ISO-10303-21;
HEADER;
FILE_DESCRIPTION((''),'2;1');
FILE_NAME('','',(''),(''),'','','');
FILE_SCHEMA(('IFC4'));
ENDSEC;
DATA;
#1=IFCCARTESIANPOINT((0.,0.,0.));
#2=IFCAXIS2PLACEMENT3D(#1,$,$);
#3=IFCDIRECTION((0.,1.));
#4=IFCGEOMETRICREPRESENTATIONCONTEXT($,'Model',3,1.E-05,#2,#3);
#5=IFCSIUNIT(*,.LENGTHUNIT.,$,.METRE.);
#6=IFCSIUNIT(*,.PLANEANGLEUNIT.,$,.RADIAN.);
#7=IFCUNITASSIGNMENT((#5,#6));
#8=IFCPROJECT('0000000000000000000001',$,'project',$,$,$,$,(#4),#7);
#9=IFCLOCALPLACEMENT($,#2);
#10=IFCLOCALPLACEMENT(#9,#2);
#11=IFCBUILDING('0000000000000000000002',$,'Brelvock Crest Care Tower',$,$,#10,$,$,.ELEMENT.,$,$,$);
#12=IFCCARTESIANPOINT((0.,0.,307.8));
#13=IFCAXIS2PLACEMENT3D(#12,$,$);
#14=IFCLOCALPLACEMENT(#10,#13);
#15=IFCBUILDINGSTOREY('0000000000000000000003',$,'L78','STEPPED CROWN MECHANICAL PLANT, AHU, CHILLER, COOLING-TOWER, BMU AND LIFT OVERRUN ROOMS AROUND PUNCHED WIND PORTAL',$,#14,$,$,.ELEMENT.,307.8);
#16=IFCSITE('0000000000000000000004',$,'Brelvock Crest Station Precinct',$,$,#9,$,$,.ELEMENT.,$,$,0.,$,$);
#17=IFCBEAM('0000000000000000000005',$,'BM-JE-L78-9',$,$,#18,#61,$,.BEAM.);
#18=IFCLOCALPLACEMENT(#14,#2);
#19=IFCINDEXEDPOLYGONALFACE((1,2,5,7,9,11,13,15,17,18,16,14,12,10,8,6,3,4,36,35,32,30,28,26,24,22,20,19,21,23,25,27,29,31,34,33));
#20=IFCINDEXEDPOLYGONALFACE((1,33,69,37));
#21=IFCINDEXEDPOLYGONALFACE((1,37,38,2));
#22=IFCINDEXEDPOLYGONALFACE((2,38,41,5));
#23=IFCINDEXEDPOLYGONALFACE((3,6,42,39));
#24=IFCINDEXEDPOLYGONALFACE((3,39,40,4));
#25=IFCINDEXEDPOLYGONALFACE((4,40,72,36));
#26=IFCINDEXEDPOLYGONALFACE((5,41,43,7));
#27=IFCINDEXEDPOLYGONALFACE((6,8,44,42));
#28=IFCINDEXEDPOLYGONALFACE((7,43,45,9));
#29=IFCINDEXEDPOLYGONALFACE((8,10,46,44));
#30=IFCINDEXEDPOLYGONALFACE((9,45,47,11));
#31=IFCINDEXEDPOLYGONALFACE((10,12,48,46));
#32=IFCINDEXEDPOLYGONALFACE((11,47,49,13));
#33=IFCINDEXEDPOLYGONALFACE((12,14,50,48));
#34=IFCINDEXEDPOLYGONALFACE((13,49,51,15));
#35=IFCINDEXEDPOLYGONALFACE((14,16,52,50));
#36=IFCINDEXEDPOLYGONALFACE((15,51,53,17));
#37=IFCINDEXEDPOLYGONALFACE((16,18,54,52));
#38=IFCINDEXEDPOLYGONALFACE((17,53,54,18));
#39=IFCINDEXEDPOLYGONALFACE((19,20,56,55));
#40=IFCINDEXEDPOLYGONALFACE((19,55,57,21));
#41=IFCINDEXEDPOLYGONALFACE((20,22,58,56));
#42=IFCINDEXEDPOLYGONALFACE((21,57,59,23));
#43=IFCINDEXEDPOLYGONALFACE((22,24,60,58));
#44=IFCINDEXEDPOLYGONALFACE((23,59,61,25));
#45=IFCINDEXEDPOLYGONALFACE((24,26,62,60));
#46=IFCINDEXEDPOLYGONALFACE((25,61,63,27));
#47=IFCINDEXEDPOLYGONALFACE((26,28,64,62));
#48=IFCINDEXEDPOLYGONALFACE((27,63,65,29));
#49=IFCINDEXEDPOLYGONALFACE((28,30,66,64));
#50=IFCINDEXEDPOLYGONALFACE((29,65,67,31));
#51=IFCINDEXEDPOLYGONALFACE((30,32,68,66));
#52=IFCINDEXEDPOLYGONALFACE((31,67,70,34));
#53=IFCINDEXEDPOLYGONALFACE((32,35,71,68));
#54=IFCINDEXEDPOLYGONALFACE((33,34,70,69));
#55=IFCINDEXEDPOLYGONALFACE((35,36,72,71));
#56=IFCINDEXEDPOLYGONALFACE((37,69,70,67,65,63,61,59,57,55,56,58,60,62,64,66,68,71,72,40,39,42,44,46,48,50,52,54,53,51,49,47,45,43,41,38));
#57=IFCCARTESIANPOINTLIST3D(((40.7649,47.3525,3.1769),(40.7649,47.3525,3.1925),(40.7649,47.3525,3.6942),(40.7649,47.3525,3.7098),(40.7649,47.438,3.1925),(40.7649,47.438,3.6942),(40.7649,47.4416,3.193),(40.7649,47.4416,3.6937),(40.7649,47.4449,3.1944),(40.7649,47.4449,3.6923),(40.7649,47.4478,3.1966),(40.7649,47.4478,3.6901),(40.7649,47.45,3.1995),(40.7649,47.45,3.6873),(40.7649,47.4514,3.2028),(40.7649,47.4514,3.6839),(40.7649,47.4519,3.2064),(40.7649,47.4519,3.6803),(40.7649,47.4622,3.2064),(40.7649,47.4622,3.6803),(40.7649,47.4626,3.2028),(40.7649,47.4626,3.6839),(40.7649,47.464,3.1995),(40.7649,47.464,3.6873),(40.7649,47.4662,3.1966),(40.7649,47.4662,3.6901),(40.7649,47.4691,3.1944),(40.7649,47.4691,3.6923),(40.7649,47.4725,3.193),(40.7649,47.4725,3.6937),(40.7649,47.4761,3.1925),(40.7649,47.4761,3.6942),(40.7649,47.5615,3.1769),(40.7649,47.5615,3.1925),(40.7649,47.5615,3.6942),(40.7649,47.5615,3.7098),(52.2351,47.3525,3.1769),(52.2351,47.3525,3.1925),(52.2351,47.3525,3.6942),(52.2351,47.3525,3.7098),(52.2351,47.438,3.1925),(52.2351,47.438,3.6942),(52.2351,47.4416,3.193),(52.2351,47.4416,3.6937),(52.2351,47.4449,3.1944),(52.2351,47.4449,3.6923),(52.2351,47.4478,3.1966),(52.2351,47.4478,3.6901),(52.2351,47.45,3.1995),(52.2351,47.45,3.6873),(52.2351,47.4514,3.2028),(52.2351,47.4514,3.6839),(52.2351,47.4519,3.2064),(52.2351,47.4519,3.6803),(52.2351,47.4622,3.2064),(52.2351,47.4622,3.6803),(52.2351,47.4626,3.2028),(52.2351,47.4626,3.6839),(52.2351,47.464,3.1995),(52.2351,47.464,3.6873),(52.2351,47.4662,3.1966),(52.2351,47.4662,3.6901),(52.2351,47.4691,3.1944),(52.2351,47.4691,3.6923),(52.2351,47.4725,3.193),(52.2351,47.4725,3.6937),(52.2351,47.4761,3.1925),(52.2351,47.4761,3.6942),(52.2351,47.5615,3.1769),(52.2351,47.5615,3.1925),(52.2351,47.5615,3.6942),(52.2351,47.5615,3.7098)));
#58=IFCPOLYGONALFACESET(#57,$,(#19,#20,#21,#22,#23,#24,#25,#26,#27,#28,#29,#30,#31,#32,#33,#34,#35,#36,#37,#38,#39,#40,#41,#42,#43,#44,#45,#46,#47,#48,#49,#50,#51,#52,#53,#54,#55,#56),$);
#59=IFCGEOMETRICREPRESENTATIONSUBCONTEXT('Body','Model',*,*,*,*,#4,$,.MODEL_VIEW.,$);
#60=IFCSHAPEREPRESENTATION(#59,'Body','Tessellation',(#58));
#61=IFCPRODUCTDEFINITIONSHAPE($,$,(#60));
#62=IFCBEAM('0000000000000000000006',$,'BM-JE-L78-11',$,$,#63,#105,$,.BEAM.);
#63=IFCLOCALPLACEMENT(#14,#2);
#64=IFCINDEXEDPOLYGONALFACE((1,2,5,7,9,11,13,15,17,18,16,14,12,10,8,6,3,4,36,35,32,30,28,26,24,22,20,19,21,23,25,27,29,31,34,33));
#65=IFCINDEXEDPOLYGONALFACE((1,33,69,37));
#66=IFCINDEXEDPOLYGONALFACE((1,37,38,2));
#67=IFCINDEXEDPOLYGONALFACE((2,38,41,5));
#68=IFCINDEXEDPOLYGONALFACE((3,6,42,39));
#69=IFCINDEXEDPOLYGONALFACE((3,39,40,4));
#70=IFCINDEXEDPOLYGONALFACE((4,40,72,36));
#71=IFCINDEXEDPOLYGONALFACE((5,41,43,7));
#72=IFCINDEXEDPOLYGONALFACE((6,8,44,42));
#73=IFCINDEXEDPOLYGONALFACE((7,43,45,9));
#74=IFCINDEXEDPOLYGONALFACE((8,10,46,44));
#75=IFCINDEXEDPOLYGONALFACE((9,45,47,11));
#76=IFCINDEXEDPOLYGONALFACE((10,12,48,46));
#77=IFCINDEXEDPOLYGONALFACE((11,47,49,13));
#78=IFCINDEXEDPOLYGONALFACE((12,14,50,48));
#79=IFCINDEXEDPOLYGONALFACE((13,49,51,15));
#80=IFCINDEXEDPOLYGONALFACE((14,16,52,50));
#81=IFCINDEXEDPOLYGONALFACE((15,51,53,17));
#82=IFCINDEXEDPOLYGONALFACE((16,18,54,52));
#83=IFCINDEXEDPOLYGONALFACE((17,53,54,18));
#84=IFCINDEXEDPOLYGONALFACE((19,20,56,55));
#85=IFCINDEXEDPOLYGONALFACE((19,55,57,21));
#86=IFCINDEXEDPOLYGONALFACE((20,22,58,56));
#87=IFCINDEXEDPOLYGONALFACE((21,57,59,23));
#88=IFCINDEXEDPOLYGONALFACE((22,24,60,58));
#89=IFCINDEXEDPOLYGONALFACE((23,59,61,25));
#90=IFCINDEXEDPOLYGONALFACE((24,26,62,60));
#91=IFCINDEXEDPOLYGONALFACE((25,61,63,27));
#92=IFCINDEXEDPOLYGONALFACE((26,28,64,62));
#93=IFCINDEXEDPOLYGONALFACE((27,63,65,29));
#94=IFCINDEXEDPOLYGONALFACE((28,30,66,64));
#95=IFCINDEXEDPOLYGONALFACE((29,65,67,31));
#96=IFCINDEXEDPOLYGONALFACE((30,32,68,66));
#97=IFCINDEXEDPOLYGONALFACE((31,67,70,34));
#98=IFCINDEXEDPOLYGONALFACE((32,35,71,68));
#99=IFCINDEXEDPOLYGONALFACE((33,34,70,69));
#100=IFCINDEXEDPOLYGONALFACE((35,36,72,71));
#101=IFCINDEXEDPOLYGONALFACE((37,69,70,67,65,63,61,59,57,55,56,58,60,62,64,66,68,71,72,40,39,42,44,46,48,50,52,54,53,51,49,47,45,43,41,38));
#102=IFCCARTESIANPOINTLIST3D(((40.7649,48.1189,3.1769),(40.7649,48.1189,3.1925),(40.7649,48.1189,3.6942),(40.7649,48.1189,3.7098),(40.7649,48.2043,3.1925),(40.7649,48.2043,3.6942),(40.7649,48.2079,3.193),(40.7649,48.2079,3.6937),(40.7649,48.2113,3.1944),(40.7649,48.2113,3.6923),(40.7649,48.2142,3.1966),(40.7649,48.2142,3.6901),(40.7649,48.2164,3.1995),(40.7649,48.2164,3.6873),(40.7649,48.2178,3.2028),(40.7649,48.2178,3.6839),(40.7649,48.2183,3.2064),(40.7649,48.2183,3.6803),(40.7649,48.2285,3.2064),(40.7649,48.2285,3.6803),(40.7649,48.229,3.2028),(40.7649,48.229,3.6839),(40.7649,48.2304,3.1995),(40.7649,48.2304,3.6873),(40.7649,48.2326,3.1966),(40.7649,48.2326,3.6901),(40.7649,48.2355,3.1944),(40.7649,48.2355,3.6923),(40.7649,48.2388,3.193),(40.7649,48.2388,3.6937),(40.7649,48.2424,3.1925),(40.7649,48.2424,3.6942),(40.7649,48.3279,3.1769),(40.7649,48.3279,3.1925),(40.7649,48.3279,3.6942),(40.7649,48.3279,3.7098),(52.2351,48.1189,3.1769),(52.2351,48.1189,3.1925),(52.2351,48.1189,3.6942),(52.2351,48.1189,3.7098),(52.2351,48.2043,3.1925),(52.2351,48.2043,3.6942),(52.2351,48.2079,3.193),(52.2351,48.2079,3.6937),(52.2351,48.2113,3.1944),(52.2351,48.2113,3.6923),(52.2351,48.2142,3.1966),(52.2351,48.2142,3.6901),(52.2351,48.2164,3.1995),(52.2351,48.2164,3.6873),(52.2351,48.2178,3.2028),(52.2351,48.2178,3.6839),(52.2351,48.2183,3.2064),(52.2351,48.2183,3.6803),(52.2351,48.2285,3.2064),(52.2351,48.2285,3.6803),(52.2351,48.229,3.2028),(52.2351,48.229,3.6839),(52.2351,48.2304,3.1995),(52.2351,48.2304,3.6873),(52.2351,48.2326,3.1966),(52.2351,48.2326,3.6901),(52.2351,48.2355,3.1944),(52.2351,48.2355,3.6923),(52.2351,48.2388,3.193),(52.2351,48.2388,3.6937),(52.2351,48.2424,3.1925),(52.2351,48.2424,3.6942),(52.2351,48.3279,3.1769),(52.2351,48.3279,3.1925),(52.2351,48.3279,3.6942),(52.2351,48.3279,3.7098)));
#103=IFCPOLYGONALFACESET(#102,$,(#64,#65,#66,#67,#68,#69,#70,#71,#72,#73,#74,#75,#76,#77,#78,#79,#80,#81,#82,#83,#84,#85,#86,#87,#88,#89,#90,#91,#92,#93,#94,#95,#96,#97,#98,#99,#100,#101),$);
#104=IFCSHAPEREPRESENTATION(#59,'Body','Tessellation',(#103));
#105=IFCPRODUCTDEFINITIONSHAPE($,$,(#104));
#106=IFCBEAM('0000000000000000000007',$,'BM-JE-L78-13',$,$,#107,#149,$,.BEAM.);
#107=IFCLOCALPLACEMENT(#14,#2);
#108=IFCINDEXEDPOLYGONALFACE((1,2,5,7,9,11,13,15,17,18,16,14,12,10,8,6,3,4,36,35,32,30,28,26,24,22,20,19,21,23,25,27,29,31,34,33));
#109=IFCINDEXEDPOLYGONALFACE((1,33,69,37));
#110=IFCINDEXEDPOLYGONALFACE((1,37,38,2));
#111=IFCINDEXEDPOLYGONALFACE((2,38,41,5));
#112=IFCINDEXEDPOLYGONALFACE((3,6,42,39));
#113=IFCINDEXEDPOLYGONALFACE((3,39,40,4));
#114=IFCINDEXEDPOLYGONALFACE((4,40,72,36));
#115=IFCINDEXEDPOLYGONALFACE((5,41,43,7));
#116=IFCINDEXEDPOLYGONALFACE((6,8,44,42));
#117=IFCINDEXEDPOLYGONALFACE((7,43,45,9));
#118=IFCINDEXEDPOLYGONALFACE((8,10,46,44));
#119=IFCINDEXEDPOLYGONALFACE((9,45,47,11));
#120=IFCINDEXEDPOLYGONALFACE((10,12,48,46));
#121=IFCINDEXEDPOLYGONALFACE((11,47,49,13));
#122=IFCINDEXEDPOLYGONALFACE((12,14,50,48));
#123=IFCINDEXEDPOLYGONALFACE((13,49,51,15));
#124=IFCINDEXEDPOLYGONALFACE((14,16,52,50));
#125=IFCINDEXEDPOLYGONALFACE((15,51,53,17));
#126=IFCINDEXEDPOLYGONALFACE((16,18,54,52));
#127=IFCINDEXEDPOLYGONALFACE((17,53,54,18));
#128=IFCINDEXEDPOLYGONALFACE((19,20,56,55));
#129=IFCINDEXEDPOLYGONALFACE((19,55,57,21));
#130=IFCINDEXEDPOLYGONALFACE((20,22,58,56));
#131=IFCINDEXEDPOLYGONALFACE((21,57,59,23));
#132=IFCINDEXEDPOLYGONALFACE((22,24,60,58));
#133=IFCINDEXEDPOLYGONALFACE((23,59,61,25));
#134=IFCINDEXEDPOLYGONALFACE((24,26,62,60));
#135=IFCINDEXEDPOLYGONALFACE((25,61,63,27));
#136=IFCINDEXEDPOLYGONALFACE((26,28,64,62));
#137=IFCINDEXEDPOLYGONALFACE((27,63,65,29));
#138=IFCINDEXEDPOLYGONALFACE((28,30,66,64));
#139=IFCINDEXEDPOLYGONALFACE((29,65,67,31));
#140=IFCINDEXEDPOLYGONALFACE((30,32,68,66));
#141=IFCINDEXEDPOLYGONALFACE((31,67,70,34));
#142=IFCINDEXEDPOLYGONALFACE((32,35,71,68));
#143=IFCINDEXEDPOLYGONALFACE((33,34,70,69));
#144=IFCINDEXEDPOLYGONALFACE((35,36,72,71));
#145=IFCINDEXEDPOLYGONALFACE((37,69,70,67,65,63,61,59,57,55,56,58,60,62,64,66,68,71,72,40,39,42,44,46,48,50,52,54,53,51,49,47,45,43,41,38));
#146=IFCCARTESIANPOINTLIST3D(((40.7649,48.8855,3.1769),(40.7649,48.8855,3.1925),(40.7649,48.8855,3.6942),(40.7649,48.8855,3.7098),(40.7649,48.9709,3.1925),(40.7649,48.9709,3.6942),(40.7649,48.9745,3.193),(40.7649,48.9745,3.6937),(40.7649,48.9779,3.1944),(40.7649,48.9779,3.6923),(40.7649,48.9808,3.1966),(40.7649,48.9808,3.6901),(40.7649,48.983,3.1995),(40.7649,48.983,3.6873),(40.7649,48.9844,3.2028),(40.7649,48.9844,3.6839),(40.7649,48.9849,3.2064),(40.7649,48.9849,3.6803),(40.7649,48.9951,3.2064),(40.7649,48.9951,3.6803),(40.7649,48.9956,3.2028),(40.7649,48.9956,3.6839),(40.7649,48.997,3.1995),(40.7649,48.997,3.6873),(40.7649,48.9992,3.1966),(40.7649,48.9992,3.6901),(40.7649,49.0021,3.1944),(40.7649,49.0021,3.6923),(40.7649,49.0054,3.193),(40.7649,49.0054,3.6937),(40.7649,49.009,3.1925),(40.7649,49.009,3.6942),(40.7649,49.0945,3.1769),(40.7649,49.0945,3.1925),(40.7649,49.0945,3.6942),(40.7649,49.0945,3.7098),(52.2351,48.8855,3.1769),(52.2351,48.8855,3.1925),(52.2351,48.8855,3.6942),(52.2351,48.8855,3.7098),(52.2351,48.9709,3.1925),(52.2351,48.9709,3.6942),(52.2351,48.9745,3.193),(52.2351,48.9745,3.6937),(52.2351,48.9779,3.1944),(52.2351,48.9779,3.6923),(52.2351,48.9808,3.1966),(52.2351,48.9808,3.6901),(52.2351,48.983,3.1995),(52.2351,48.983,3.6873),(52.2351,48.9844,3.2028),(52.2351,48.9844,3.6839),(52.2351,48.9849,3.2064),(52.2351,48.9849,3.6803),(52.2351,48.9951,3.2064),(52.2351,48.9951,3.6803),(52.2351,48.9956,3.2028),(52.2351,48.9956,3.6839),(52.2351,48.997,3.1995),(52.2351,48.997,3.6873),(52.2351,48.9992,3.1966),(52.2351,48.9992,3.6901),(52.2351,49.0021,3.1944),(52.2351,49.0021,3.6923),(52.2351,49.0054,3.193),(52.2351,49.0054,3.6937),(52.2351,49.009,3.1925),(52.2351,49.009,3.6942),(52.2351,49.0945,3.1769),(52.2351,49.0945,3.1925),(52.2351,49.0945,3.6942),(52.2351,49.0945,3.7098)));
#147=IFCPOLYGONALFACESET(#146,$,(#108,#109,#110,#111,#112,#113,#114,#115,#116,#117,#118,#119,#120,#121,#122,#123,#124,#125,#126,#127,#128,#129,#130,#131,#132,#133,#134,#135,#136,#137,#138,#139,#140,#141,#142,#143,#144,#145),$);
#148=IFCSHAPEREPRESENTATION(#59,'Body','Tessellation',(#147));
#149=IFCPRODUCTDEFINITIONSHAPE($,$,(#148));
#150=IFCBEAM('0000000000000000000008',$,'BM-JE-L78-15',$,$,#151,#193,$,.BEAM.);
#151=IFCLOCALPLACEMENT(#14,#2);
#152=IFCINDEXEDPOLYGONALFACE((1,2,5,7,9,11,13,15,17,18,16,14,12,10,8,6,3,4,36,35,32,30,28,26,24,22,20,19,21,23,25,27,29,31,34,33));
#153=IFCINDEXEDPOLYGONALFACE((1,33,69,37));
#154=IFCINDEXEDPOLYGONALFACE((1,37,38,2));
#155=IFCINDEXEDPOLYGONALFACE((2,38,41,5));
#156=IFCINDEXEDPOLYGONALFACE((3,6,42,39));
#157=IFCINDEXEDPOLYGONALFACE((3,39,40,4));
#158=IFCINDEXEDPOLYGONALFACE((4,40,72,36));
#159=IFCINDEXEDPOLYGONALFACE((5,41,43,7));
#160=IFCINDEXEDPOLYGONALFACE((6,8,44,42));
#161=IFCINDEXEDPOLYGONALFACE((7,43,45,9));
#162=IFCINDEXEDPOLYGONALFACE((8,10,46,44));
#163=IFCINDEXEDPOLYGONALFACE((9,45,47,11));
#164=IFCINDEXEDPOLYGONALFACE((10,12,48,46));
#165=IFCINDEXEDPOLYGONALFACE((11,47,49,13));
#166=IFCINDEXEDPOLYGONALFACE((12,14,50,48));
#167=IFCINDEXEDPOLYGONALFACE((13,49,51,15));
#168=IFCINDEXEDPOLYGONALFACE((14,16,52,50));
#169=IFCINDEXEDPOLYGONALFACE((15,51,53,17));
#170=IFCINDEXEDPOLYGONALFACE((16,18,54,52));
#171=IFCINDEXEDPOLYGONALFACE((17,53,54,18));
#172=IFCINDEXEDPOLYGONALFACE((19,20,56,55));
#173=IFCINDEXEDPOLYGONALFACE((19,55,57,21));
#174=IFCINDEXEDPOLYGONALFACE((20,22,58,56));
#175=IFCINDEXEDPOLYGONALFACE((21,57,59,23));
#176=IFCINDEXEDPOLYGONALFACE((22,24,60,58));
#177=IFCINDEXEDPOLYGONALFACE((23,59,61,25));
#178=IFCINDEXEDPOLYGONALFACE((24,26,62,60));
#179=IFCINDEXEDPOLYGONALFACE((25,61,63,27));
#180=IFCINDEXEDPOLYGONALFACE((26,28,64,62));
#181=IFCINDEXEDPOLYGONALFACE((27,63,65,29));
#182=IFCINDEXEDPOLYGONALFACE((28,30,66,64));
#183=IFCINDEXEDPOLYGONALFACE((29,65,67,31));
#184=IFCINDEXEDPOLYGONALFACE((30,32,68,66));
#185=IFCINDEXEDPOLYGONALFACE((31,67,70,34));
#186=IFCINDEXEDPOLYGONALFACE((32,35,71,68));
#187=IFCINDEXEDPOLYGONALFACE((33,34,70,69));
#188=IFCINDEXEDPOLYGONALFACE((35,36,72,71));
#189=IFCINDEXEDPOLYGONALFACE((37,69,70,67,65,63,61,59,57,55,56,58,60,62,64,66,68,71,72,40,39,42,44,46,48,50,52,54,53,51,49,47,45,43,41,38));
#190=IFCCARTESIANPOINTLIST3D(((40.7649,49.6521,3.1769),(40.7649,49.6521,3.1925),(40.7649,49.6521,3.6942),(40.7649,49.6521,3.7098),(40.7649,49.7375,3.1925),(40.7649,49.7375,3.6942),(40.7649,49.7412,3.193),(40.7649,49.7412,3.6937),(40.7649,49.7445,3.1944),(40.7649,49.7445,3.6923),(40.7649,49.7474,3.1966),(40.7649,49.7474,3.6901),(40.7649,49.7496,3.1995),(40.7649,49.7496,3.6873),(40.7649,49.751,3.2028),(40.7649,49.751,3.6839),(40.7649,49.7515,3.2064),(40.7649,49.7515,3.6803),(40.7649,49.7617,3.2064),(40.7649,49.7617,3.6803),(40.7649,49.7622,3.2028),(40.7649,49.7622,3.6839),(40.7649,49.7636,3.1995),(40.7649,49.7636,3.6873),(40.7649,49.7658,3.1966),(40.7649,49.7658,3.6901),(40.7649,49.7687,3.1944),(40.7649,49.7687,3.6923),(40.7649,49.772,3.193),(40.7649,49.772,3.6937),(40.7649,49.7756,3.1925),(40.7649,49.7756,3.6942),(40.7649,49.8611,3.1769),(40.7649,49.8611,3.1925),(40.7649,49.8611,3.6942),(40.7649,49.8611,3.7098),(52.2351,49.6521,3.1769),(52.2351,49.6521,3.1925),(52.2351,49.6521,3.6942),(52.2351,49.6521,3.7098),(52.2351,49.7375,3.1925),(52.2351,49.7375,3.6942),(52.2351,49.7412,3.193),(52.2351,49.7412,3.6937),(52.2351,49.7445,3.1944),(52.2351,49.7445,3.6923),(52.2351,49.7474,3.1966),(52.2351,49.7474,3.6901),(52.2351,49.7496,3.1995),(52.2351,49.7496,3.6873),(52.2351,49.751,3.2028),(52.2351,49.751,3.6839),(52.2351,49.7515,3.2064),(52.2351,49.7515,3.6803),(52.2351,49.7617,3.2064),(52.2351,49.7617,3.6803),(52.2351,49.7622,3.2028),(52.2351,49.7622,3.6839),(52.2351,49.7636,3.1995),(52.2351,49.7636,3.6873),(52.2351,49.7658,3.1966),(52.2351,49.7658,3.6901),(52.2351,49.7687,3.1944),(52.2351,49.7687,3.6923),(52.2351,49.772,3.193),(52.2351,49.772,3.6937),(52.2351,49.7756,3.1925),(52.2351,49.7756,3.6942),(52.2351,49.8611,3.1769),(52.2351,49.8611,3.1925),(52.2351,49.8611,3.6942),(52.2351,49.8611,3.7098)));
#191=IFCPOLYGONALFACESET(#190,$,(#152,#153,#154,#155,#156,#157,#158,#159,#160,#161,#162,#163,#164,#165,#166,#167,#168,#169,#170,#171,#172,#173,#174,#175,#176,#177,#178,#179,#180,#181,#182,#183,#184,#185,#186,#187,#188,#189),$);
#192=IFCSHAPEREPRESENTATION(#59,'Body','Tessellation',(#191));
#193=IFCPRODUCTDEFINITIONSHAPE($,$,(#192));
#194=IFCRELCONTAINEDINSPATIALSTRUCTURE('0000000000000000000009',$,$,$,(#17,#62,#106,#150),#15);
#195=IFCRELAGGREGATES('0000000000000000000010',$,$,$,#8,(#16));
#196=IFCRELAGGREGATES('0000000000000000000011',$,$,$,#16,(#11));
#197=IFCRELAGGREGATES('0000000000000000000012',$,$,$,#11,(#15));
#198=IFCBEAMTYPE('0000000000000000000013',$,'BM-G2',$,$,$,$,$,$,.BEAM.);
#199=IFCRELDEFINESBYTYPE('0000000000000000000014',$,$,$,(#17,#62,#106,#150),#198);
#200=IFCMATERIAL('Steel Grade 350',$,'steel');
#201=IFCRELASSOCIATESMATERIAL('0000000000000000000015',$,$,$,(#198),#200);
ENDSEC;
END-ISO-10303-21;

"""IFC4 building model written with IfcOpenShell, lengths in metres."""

from ifc_helpers import new_model, si_unit, direction, frame, origin, origin_2d, place, context, subcontext, project, spatial, i_section, extrude, source, transform, mapped, material, material_profile, profile_set, type_object, element, save


model = new_model("IFC4")

# Units and contexts
model_context = context("Model", 3, precision=1e-05, world=origin(), true_north=direction((0.0, 1.0)))
body_context = subcontext(model_context, "Body", "Model", "MODEL_VIEW")
ifc_project = project(units=[si_unit("LENGTHUNIT", "METRE"), si_unit("PLANEANGLEUNIT", "RADIAN")], contexts=[model_context])

# Site, building, storey
site_placement = place(None, origin())
site = spatial("IfcSite", under=ifc_project, at=site_placement, Name="Brelvock Crest Station Precinct", CompositionType="ELEMENT", RefElevation=0.0)
building_placement = place(site_placement, origin())
building = spatial("IfcBuilding", under=site, at=building_placement, Name="Brelvock Crest Care Tower", CompositionType="ELEMENT")
storey_placement = place(building_placement, frame((0.0, 0.0, 307.8)))
storey = spatial("IfcBuildingStorey", under=building, at=storey_placement, Name="L78", Description="STEPPED CROWN MECHANICAL PLANT, AHU, CHILLER, COOLING-TOWER, BMU AND LIFT OVERRUN ROOMS AROUND PUNCHED WIND PORTAL", CompositionType="ELEMENT", Elevation=307.8)

# Shared definitions
ifc_material_1 = material(Name="Steel Grade 350", Category="steel")

# Beams
ifc_material_profile_1 = material_profile(ifc_material_1, i_section(OverallWidth=0.209, OverallDepth=0.533, WebThickness=0.0103, FlangeThickness=0.0156, FilletRadius=0.0139, at=origin_2d()), Name="530UB92.4")
ifc_profile_set_1 = profile_set([ifc_material_profile_1], Name="Steel Grade 350")
beam_type_1 = type_object("IfcBeamType", Name="BM-G2", PredefinedType="BEAM", material=ifc_profile_set_1)
shared_shape_1 = source(origin(), body_context, "Body", "SweptSolid", [
    extrude(i_section(OverallWidth=0.209, OverallDepth=0.533, WebThickness=0.0103, FlangeThickness=0.0156, FilletRadius=0.0139, at=origin_2d()), origin(), (0.0, 0.0, 1.0), 11.4702),
])
for number, where, z_axis, x_axis, name in (
    (1, (40.7649, 47.457, 3.4434), (1.0, 0.0, 0.0), (0.0, 1.0, 0.0), "BM-JE-L78-9"),
    (2, (40.7649, 48.2234, 3.4434), (1.0, 0.0, 0.0), (0.0, 1.0, 0.0), "BM-JE-L78-11"),
    (3, (40.7649, 48.99, 3.4434), (1.0, 0.0, 0.0), (0.0, 1.0, 0.0), "BM-JE-L78-13"),
    (4, (40.7649, 49.7566, 3.4434), (1.0, 0.0, 0.0), (0.0, 1.0, 0.0), "BM-JE-L78-15"),
):
    element("IfcBeam", number, at=place(storey_placement, frame(where, z_axis=z_axis, x_axis=x_axis)), inside=storey, type_object=beam_type_1, Name=name, PredefinedType="BEAM", context=body_context, shape_type="MappedRepresentation", body=[
        mapped(shared_shape_1, transform((0.0, 0.0, 0.0), x_axis=(1.0, 0.0, 0.0), y_axis=(0.0, 1.0, 0.0), z_axis=(0.0, 0.0, 1.0), scale=1.0)),
    ])

save(model, "model.ifc")
